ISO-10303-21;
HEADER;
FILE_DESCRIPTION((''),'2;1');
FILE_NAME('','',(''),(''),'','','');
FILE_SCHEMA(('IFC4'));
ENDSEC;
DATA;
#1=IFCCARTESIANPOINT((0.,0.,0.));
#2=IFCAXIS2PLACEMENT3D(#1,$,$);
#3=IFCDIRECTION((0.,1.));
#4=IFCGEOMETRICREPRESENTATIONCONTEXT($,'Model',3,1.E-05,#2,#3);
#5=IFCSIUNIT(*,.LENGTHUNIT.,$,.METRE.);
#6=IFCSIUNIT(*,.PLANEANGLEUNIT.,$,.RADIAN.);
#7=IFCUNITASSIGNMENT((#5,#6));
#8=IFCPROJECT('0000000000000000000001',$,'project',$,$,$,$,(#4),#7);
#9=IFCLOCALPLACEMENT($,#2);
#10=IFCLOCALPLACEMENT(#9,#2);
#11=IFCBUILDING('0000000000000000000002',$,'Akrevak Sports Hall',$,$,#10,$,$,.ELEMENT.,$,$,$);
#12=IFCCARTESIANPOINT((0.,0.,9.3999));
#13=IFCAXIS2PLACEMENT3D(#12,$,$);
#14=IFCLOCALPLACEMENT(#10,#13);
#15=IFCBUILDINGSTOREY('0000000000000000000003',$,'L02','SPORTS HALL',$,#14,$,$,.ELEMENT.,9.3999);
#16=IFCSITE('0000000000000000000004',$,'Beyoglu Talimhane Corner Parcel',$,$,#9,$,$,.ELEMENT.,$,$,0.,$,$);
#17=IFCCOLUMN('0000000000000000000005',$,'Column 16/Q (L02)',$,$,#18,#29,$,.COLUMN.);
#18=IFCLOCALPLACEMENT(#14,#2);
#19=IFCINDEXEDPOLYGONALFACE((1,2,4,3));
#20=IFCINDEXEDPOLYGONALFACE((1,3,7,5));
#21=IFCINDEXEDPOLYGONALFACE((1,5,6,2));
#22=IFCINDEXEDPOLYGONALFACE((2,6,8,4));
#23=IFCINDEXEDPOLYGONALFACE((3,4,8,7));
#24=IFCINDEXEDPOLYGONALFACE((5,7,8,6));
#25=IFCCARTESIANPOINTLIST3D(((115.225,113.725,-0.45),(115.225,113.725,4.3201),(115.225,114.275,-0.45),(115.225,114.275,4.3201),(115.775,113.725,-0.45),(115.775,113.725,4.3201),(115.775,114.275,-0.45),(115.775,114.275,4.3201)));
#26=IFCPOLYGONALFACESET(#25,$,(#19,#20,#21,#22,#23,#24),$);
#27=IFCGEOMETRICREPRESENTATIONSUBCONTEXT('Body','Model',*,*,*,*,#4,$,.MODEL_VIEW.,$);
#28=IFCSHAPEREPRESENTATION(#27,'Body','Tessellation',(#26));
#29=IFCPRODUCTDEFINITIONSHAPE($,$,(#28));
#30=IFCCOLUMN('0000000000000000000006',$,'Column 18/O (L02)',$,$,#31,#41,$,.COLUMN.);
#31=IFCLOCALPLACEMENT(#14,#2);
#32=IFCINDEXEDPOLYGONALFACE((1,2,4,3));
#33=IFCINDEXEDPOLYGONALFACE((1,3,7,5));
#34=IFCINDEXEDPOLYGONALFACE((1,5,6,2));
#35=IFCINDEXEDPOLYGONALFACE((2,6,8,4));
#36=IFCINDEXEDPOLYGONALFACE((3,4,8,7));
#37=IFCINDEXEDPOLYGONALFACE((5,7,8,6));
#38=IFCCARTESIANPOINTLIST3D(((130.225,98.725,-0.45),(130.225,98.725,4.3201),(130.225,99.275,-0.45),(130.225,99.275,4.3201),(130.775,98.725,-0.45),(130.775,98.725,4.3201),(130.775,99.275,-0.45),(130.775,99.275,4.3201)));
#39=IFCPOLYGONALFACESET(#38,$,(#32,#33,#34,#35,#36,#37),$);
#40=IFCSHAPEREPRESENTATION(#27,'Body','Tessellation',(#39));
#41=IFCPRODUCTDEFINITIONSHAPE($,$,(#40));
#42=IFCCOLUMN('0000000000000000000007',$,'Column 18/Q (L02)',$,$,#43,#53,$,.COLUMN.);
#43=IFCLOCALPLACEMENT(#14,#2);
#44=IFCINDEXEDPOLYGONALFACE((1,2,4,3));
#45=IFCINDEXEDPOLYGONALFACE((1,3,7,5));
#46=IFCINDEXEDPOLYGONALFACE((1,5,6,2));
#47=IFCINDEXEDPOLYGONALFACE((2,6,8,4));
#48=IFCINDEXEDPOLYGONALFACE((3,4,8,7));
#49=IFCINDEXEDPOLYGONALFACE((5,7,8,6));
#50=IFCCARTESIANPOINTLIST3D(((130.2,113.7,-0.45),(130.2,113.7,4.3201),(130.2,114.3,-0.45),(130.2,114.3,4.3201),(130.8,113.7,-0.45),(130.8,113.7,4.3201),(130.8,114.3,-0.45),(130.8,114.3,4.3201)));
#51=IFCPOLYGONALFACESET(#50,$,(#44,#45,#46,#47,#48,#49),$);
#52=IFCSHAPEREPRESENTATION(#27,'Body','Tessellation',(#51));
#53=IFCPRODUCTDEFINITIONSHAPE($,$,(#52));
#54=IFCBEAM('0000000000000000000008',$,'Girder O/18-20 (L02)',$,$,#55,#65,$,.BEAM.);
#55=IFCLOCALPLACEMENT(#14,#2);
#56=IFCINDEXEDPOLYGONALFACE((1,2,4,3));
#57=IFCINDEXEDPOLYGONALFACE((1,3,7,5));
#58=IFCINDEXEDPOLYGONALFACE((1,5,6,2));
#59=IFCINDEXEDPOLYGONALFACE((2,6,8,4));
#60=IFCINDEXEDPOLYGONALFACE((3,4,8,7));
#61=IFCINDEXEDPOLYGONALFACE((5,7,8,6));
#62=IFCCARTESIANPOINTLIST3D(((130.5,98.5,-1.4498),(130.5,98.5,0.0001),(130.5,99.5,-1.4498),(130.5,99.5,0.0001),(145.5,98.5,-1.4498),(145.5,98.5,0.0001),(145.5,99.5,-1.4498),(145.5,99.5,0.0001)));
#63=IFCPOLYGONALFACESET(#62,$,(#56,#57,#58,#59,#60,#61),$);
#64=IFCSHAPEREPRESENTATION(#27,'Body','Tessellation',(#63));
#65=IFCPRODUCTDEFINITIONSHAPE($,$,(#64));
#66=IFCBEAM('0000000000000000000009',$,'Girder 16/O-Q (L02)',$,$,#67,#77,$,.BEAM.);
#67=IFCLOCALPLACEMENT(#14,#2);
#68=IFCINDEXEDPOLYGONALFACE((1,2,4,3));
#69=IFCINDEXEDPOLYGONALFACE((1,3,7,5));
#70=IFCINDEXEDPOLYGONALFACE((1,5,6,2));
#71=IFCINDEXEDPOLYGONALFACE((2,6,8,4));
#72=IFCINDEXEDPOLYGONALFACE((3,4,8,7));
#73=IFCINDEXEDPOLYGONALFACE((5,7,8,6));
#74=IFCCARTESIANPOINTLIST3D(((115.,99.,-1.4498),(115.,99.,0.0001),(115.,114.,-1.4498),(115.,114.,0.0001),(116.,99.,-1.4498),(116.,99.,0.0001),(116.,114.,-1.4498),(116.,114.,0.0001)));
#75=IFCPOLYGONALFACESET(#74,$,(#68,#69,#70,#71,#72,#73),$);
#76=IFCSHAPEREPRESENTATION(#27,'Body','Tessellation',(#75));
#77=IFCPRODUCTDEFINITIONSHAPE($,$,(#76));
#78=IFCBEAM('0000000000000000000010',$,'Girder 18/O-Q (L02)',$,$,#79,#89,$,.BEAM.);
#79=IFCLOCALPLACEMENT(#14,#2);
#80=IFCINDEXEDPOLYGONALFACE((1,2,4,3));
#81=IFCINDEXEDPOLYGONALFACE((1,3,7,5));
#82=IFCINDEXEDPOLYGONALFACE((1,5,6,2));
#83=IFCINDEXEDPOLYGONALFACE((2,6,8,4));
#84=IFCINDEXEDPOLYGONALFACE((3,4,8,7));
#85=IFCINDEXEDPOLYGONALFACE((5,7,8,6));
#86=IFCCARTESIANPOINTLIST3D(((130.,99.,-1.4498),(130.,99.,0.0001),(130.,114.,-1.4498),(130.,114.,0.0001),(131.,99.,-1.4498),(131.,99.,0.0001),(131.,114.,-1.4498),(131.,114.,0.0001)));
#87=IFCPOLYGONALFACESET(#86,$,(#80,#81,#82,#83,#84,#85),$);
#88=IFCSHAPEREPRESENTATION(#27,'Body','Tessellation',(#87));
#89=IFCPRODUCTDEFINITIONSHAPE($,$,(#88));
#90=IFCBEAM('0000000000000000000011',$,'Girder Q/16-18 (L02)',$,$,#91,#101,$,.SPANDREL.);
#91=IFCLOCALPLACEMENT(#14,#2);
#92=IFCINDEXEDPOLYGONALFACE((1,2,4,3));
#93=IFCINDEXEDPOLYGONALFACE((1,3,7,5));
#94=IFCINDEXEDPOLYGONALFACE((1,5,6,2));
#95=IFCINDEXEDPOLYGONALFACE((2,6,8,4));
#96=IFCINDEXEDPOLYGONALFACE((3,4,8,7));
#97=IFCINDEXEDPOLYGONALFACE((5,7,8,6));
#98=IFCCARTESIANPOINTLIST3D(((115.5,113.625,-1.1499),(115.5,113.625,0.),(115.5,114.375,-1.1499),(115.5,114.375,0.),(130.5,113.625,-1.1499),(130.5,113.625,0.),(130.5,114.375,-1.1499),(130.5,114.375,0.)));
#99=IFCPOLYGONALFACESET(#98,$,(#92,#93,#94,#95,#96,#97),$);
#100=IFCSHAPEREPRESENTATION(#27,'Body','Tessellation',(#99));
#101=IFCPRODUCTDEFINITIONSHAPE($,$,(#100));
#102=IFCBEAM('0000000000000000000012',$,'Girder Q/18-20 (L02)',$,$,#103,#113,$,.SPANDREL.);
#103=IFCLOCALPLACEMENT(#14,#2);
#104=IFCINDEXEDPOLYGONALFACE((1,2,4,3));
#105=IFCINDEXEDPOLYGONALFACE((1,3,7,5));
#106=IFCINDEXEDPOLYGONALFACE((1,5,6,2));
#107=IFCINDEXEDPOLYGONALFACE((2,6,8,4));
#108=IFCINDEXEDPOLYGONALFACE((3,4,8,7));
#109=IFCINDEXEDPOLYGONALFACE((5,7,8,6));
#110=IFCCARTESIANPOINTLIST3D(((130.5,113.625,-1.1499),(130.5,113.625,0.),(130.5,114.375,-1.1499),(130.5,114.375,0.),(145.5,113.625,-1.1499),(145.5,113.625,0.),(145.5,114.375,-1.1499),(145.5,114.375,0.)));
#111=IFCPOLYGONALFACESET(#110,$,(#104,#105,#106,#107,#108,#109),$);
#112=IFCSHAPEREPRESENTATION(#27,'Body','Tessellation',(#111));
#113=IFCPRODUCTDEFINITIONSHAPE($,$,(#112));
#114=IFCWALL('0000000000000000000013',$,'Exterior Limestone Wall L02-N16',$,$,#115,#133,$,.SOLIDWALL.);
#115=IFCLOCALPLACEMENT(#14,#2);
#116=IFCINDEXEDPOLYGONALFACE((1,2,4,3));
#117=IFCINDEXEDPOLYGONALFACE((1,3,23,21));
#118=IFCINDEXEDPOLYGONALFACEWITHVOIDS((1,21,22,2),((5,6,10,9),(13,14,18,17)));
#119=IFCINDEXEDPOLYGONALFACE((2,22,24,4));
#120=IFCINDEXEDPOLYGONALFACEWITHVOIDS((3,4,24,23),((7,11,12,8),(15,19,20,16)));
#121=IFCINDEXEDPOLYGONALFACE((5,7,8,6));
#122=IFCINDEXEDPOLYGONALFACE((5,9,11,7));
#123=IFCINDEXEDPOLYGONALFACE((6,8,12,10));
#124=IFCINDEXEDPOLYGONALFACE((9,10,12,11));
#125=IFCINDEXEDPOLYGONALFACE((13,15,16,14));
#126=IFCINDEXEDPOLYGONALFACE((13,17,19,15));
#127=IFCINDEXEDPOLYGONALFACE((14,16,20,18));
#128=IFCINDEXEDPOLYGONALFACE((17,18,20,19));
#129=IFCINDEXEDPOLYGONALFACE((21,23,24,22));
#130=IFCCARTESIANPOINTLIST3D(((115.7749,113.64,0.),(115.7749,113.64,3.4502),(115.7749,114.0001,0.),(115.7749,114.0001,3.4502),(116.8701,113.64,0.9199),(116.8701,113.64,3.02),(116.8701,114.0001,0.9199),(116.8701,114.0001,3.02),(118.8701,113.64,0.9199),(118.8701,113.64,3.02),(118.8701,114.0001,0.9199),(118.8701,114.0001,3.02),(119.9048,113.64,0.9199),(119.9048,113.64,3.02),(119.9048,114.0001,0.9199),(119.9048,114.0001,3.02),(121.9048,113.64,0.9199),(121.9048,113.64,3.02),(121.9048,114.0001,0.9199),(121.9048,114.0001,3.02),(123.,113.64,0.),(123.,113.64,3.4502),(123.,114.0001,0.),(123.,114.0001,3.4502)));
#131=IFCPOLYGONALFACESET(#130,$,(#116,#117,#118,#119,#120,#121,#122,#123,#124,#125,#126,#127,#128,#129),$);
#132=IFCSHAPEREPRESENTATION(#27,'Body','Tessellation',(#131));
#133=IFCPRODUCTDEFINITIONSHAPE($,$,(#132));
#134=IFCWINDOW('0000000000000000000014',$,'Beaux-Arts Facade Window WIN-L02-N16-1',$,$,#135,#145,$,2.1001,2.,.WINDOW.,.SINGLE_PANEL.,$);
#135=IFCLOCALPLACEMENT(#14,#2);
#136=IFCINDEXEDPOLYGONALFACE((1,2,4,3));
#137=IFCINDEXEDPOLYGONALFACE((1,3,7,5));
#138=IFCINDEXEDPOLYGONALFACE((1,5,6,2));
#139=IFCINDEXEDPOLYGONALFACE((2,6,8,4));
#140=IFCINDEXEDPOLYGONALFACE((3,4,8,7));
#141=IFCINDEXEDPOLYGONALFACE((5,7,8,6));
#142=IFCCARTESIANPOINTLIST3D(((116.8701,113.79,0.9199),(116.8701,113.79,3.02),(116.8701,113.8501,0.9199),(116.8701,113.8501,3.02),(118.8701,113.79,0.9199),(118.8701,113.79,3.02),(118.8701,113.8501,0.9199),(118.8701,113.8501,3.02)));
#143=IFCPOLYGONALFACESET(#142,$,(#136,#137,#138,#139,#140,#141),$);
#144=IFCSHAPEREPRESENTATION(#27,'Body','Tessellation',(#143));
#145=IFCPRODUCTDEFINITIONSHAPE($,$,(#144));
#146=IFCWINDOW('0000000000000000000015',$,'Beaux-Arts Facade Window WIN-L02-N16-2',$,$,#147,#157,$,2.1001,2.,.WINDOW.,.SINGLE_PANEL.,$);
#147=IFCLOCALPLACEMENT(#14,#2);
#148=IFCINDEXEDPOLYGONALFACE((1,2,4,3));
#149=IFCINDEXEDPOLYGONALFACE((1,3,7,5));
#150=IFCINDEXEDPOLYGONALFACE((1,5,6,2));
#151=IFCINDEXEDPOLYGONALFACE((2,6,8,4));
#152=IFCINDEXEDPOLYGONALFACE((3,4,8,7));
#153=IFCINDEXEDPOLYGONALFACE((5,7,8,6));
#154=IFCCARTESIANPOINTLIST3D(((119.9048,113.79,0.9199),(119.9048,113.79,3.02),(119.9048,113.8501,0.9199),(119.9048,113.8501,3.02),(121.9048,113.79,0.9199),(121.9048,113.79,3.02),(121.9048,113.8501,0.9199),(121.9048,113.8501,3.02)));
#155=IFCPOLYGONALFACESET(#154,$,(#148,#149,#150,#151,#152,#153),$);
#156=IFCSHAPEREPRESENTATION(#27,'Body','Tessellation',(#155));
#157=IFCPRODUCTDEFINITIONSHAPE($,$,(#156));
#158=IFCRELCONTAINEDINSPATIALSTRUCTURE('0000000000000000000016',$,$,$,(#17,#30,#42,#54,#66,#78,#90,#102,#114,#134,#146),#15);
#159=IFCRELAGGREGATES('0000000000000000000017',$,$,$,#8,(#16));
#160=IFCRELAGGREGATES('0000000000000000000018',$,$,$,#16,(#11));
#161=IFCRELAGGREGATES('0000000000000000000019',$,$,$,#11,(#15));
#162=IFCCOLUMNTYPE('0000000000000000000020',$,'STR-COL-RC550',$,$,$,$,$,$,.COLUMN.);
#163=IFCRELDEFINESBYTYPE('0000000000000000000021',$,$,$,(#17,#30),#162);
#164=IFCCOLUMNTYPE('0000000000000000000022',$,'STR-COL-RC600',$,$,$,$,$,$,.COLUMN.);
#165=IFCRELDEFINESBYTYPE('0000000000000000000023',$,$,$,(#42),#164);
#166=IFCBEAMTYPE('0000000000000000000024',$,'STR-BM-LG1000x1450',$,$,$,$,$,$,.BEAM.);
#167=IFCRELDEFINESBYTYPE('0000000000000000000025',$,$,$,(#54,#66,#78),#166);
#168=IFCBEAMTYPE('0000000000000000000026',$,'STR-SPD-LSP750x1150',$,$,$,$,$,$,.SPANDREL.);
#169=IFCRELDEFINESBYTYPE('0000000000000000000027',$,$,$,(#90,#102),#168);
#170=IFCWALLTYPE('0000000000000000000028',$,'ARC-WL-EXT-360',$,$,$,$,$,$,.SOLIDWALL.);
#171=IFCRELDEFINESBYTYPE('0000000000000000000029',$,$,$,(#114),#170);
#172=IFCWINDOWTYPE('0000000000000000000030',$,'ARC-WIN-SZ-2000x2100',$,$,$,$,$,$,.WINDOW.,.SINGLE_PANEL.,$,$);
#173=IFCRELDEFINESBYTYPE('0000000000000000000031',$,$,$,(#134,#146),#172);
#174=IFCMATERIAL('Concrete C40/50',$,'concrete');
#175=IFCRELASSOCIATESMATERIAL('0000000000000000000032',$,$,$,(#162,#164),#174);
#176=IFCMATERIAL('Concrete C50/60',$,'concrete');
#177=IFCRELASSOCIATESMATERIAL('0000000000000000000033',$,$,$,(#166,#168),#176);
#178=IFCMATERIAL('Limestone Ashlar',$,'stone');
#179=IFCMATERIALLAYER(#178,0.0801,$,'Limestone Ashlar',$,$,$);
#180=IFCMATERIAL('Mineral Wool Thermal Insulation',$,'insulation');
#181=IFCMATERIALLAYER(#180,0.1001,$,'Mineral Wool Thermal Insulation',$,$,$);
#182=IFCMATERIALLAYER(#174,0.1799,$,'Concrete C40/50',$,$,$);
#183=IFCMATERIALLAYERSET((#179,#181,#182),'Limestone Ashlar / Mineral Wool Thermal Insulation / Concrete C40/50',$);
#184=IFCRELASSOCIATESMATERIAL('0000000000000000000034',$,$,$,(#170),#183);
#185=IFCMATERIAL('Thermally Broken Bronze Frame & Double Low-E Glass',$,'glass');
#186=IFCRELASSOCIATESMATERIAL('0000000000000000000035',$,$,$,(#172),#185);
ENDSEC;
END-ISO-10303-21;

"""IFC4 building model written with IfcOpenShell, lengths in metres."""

from ifc_helpers import new_model, si_unit, direction, frame, frame_2d, origin, origin_2d, place, context, subcontext, project, spatial, rectangle, extrude, material, layer, layer_set, material_profile, profile_set, type_object, element, fill, save


model = new_model("IFC4")

# Units and contexts
model_context = context("Model", 3, precision=1e-05, world=origin(), true_north=direction((0.0, 1.0)))
body_context = subcontext(model_context, "Body", "Model", "MODEL_VIEW")
ifc_project = project(units=[si_unit("LENGTHUNIT", "METRE"), si_unit("PLANEANGLEUNIT", "RADIAN")], contexts=[model_context])

# Site, building, storey
site_placement = place(None, origin())
site = spatial("IfcSite", under=ifc_project, at=site_placement, Name="Beyoglu Talimhane Corner Parcel", CompositionType="ELEMENT", RefElevation=0.0)
building_placement = place(site_placement, origin())
building = spatial("IfcBuilding", under=site, at=building_placement, Name="Akrevak Sports Hall", CompositionType="ELEMENT")
storey_placement = place(building_placement, frame((0.0, 0.0, 9.3999)))
storey = spatial("IfcBuildingStorey", under=building, at=storey_placement, Name="L02", Description="SPORTS HALL", CompositionType="ELEMENT", Elevation=9.3999)

# Columns
ifc_material_1 = material(Name="Concrete C40/50", Category="concrete")
ifc_material_profile_1 = material_profile(ifc_material_1, rectangle(XDim=0.55, YDim=0.55, at=origin_2d()), Name="RC 550x550", Category="concrete")
ifc_profile_set_1 = profile_set([ifc_material_profile_1], Name="Concrete C40/50")
column_type_1 = type_object("IfcColumnType", Name="STR-COL-RC550", PredefinedType="COLUMN", material=ifc_profile_set_1)
for number, where, z_axis, x_axis, name in (
    (1, (115.5, 114.0, -0.45), (0.0, 0.0, 1.0), (1.0, 0.0, 0.0), "Column 16/Q (L02)"),
    (2, (130.5, 99.0, -0.45), (0.0, 0.0, 1.0), (1.0, 0.0, 0.0), "Column 18/O (L02)"),
):
    element("IfcColumn", number, at=place(storey_placement, frame(where, z_axis=z_axis, x_axis=x_axis)), inside=storey, type_object=column_type_1, Name=name, PredefinedType="COLUMN", context=body_context, shape_type="SweptSolid", body=[
        extrude(rectangle(XDim=0.55, YDim=0.55, at=origin_2d()), origin(), (0.0, 0.0, 1.0), 4.77),
    ])
ifc_material_profile_2 = material_profile(ifc_material_1, rectangle(XDim=0.6001, YDim=0.6001, at=origin_2d()), Name="RC 600x600", Category="concrete")
ifc_profile_set_2 = profile_set([ifc_material_profile_2], Name="Concrete C40/50")
column_type_2 = type_object("IfcColumnType", Name="STR-COL-RC600", PredefinedType="COLUMN", material=ifc_profile_set_2)
column_placement = place(storey_placement, frame((130.5, 114.0, -0.45), z_axis=(0.0, 0.0, 1.0), x_axis=(1.0, 0.0, 0.0)))
element("IfcColumn", 3, at=column_placement, inside=storey, type_object=column_type_2, Name="Column 18/Q (L02)", PredefinedType="COLUMN", context=body_context, shape_type="SweptSolid", body=[
    extrude(rectangle(XDim=0.6001, YDim=0.6001, at=origin_2d()), origin(), (0.0, 0.0, 1.0), 4.77),
])

# Beams
ifc_material_2 = material(Name="Concrete C50/60", Category="concrete")
ifc_material_profile_3 = material_profile(ifc_material_2, rectangle(XDim=1.0, YDim=1.45, at=origin_2d()), Name="BM 1000x1450", Category="concrete")
ifc_profile_set_3 = profile_set([ifc_material_profile_3], Name="Concrete C50/60")
beam_type_1 = type_object("IfcBeamType", Name="STR-BM-LG1000x1450", PredefinedType="BEAM", material=ifc_profile_set_3)
for number, where, z_axis, x_axis, name in (
    (4, (130.5, 99.0, -0.7249), (1.0, 0.0, 0.0), (0.0, 1.0, 0.0), "Girder O/18-20 (L02)"),
    (5, (115.5, 99.0, -0.7249), (0.0, 1.0, 0.0), (-1.0, 0.0, 0.0), "Girder 16/O-Q (L02)"),
    (6, (130.5, 99.0, -0.7249), (0.0, 1.0, 0.0), (-1.0, 0.0, 0.0), "Girder 18/O-Q (L02)"),
):
    element("IfcBeam", number, at=place(storey_placement, frame(where, z_axis=z_axis, x_axis=x_axis)), inside=storey, type_object=beam_type_1, Name=name, PredefinedType="BEAM", context=body_context, shape_type="SweptSolid", body=[
        extrude(rectangle(XDim=1.0, YDim=1.45, at=origin_2d()), origin(), (0.0, 0.0, 1.0), 15.0),
    ])
ifc_material_profile_4 = material_profile(ifc_material_2, rectangle(XDim=0.75, YDim=1.1499, at=origin_2d()), Name="SPD 750x1150", Category="concrete")
ifc_profile_set_4 = profile_set([ifc_material_profile_4], Name="Concrete C50/60")
beam_type_2 = type_object("IfcBeamType", Name="STR-SPD-LSP750x1150", PredefinedType="SPANDREL", material=ifc_profile_set_4)
for number, where, z_axis, x_axis, name in (
    (7, (115.5, 114.0, -0.575), (1.0, 0.0, 0.0), (0.0, 1.0, 0.0), "Girder Q/16-18 (L02)"),
    (8, (130.5, 114.0, -0.575), (1.0, 0.0, 0.0), (0.0, 1.0, 0.0), "Girder Q/18-20 (L02)"),
):
    element("IfcBeam", number, at=place(storey_placement, frame(where, z_axis=z_axis, x_axis=x_axis)), inside=storey, type_object=beam_type_2, Name=name, PredefinedType="SPANDREL", context=body_context, shape_type="SweptSolid", body=[
        extrude(rectangle(XDim=0.75, YDim=1.1499, at=origin_2d()), origin(), (0.0, 0.0, 1.0), 15.0),
    ])

# Wall, openings, windows
ifc_material_3 = material(Name="Limestone Ashlar", Category="stone")
ifc_layer_1 = layer(ifc_material_3, 0.0801, Name="Limestone Ashlar")
ifc_material_4 = material(Name="Mineral Wool Thermal Insulation", Category="insulation")
ifc_layer_2 = layer(ifc_material_4, 0.1001, Name="Mineral Wool Thermal Insulation")
ifc_layer_3 = layer(ifc_material_1, 0.1799, Name="Concrete C40/50")
ifc_layer_set_1 = layer_set([ifc_layer_1, ifc_layer_2, ifc_layer_3], Name="Limestone Ashlar / Mineral Wool Thermal Insulation / Concrete C40/50")
wall_type_1 = type_object("IfcWallType", Name="ARC-WL-EXT-360", PredefinedType="SOLIDWALL", material=ifc_layer_set_1)
wall_1_placement = place(storey_placement, frame((123.0, 113.8201, 0.0), z_axis=(0.0, 0.0, 1.0), x_axis=(-1.0, 0.0, 0.0)))
wall_1 = element("IfcWall", 9, at=wall_1_placement, inside=storey, type_object=wall_type_1, Name="Exterior Limestone Wall L02-N16", PredefinedType="SOLIDWALL", context=body_context, shape_type="SweptSolid", body=[
    extrude(rectangle(XDim=7.2251, YDim=0.3601, at=frame_2d((3.6125, 0.0))), origin(), (0.0, 0.0, 1.0), 3.4502),
])
opening_1_placement = place(wall_1_placement, frame((4.1299, 0.0, 0.9199)))
opening_1 = element("IfcOpeningElement", 10, at=opening_1_placement, cuts=wall_1, PredefinedType="OPENING", context=body_context, shape_type="SweptSolid", body=[
    extrude(rectangle(XDim=2.0, YDim=2.1001, at=frame_2d((1.0, 1.05))), frame((0.0, 0.1919, 0.0), z_axis=(0.0, -1.0, 0.0), x_axis=(1.0, 0.0, 0.0)), (0.0, 0.0, 1.0), 0.384),
])
opening_2_placement = place(wall_1_placement, frame((1.0952, 0.0, 0.9199)))
opening_2 = element("IfcOpeningElement", 11, at=opening_2_placement, cuts=wall_1, PredefinedType="OPENING", context=body_context, shape_type="SweptSolid", body=[
    extrude(rectangle(XDim=2.0, YDim=2.1001, at=frame_2d((1.0, 1.05))), frame((0.0, 0.1919, 0.0), z_axis=(0.0, -1.0, 0.0), x_axis=(1.0, 0.0, 0.0)), (0.0, 0.0, 1.0), 0.384),
])
ifc_material_5 = material(Name="Thermally Broken Bronze Frame & Double Low-E Glass", Category="glass")
window_type_1 = type_object("IfcWindowType", Name="ARC-WIN-SZ-2000x2100", PartitioningType="SINGLE_PANEL", PredefinedType="WINDOW", material=ifc_material_5)
window_1_placement = place(opening_1_placement, origin())
window_1 = element("IfcWindow", 12, at=window_1_placement, inside=storey, type_object=window_type_1, Name="Beaux-Arts Facade Window WIN-L02-N16-1", OverallHeight=2.1001, OverallWidth=2.0, PartitioningType="SINGLE_PANEL", PredefinedType="WINDOW", context=body_context, shape_type="SweptSolid", body=[
    extrude(rectangle(XDim=2.0, YDim=2.1001, at=frame_2d((1.0, 1.05))), frame((0.0, 0.03, 0.0), z_axis=(0.0, -1.0, 0.0), x_axis=(1.0, 0.0, 0.0)), (0.0, 0.0, 1.0), 0.0601),
])
fill(opening_1, window_1)
window_2_placement = place(opening_2_placement, origin())
window_2 = element("IfcWindow", 13, at=window_2_placement, inside=storey, type_object=window_type_1, Name="Beaux-Arts Facade Window WIN-L02-N16-2", OverallHeight=2.1001, OverallWidth=2.0, PartitioningType="SINGLE_PANEL", PredefinedType="WINDOW", context=body_context, shape_type="SweptSolid", body=[
    extrude(rectangle(XDim=2.0, YDim=2.1001, at=frame_2d((1.0, 1.05))), frame((0.0, 0.03, 0.0), z_axis=(0.0, -1.0, 0.0), x_axis=(1.0, 0.0, 0.0)), (0.0, 0.0, 1.0), 0.0601),
])
fill(opening_2, window_2)

save(model, "model.ifc")
